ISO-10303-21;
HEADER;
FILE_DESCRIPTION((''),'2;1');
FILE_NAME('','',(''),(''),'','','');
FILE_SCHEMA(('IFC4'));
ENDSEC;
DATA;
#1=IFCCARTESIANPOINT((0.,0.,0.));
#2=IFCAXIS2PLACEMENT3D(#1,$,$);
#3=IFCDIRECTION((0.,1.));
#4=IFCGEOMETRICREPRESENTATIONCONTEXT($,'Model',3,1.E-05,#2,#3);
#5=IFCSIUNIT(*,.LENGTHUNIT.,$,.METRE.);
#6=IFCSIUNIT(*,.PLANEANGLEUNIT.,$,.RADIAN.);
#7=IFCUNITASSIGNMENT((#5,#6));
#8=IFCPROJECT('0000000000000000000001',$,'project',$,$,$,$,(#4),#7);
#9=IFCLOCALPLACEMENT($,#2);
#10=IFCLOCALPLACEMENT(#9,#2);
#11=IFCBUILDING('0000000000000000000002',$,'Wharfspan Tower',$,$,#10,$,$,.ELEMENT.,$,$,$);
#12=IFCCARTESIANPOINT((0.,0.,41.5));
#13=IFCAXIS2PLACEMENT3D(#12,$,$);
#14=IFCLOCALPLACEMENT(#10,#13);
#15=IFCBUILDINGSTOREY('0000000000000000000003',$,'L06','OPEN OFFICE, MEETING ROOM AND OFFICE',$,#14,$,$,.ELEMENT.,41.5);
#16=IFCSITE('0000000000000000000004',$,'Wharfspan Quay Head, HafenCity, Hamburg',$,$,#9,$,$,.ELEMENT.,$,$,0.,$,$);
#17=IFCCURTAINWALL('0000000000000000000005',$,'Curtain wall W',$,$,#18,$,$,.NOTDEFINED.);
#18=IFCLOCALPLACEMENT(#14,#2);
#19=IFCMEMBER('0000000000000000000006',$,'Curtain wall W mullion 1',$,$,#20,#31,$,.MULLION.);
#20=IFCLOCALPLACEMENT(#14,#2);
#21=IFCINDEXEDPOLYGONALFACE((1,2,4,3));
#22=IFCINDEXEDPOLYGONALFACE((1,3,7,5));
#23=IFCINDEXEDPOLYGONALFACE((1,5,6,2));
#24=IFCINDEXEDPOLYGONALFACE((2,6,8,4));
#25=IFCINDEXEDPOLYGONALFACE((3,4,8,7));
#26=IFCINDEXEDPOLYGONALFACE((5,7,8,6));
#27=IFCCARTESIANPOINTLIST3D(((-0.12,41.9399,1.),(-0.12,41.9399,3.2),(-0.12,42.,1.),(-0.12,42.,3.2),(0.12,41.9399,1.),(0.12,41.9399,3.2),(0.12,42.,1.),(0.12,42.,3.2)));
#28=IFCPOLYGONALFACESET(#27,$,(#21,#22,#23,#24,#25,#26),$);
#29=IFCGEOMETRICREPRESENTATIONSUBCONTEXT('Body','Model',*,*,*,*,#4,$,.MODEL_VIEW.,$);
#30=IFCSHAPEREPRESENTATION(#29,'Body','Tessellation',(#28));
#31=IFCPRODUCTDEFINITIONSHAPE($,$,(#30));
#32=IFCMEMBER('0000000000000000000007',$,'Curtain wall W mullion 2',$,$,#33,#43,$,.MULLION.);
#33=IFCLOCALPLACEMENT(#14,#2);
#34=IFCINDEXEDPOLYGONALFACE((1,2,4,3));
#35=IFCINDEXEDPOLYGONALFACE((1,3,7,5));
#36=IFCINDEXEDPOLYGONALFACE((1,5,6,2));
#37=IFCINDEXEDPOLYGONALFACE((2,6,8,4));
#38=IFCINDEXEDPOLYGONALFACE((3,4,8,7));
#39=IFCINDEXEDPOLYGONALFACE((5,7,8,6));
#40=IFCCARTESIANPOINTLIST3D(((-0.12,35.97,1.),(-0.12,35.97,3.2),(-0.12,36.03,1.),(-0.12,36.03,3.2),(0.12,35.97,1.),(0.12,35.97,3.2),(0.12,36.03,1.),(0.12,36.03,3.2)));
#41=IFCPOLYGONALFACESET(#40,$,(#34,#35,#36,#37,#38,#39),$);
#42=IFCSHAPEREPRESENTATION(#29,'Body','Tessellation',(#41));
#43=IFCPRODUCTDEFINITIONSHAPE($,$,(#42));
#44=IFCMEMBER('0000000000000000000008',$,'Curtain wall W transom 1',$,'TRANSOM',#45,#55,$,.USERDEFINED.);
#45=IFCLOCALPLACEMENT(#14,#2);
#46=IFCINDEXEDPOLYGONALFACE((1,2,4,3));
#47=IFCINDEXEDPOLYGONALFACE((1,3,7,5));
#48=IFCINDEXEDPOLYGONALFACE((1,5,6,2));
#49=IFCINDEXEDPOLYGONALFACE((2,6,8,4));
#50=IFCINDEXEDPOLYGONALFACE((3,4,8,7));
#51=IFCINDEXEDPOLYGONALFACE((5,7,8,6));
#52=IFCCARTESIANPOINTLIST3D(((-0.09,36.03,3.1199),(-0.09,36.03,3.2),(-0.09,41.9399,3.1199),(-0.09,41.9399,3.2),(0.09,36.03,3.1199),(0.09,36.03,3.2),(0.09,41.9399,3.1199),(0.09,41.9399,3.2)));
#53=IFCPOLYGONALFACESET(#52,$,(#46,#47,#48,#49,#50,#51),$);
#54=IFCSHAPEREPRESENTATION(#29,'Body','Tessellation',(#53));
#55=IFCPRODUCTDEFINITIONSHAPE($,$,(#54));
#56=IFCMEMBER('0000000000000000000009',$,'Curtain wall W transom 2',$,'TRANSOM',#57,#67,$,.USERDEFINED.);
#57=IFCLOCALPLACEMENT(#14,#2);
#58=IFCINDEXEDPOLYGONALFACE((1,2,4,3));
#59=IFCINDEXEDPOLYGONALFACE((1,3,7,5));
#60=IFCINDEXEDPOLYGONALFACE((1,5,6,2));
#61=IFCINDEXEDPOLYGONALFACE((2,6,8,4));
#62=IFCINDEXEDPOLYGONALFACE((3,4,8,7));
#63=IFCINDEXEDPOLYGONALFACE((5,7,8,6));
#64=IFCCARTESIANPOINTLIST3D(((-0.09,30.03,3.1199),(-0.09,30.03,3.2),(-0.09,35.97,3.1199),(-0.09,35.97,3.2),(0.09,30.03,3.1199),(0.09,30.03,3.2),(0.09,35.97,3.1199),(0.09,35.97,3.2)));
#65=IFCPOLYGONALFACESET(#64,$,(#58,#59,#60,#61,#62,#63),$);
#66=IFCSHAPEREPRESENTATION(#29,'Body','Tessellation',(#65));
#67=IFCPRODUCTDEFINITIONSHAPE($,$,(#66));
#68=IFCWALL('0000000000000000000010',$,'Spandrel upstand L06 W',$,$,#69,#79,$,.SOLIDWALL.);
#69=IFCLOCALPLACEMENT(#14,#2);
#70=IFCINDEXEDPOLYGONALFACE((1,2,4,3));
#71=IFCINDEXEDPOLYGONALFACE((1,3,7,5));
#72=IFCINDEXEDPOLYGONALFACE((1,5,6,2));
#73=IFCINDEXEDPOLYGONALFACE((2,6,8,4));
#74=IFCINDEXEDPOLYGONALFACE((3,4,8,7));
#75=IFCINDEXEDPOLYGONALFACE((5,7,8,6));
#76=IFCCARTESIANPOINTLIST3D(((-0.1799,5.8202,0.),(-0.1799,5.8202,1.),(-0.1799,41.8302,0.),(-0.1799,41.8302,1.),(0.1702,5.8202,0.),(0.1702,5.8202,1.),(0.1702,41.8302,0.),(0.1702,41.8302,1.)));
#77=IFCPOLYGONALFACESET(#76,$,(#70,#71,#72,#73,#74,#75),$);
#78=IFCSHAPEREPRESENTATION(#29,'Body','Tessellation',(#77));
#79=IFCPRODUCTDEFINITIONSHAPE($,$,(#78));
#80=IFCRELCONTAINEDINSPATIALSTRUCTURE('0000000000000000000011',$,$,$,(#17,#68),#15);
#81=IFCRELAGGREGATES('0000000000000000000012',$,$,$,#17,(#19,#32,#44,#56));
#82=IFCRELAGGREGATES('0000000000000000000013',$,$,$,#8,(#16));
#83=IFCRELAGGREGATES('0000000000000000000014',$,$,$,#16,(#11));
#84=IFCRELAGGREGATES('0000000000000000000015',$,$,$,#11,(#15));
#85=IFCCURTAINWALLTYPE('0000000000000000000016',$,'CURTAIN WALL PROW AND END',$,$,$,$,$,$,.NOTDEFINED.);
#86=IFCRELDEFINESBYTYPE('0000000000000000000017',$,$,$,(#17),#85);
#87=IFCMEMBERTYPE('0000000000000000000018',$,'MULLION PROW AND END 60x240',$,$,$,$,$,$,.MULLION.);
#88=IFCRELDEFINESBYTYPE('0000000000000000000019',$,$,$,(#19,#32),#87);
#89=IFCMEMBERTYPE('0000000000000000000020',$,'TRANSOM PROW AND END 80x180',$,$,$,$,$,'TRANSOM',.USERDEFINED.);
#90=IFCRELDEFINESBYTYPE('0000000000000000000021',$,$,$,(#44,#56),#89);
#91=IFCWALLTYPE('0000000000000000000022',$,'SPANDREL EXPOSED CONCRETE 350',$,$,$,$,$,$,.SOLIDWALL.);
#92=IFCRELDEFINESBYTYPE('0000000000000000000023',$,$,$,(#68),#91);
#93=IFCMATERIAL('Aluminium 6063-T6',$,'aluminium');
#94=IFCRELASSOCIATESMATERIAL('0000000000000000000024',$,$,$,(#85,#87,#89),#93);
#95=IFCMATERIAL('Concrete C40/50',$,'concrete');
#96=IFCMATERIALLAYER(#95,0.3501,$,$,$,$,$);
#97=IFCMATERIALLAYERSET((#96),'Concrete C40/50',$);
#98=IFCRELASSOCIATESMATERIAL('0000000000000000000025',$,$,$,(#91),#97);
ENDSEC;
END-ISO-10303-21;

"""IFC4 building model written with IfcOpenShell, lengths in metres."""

from ifc_helpers import new_model, si_unit, direction, frame, frame_2d, origin, origin_2d, place, context, subcontext, project, spatial, rectangle, extrude, material, layer, layer_set, material_profile, profile_set, type_object, element, aggregate, save


model = new_model("IFC4")

# Units and contexts
model_context = context("Model", 3, precision=1e-05, world=origin(), true_north=direction((0.0, 1.0)))
body_context = subcontext(model_context, "Body", "Model", "MODEL_VIEW")
ifc_project = project(units=[si_unit("LENGTHUNIT", "METRE"), si_unit("PLANEANGLEUNIT", "RADIAN")], contexts=[model_context])

# Site, building, storey
site_placement = place(None, origin())
site = spatial("IfcSite", under=ifc_project, at=site_placement, Name="Wharfspan Quay Head, HafenCity, Hamburg", CompositionType="ELEMENT", RefElevation=0.0)
building_placement = place(site_placement, origin())
building = spatial("IfcBuilding", under=site, at=building_placement, Name="Wharfspan Tower", CompositionType="ELEMENT")
storey_placement = place(building_placement, frame((0.0, 0.0, 41.5)))
storey = spatial("IfcBuildingStorey", under=building, at=storey_placement, Name="L06", Description="OPEN OFFICE, MEETING ROOM AND OFFICE", CompositionType="ELEMENT", Elevation=41.5)

# Curtain wall, members
ifc_material_1 = material(Name="Aluminium 6063-T6", Category="aluminium")
curtain_wall_type = type_object("IfcCurtainWallType", Name="CURTAIN WALL PROW AND END", PredefinedType="NOTDEFINED", material=ifc_material_1)
curtain_wall_placement = place(storey_placement, origin())
curtain_wall = element("IfcCurtainWall", 1, at=curtain_wall_placement, inside=storey, type_object=curtain_wall_type, Name="Curtain wall W", PredefinedType="NOTDEFINED")
ifc_material_profile_1 = material_profile(ifc_material_1, rectangle(XDim=0.24, YDim=0.0601, at=origin_2d()))
ifc_profile_set_1 = profile_set([ifc_material_profile_1], Name="Aluminium 6063-T6")
member_type_1 = type_object("IfcMemberType", Name="MULLION PROW AND END 60x240", PredefinedType="MULLION", material=ifc_profile_set_1)
member_1_placement = place(storey_placement, frame((0.0, 41.97, 1.0), z_axis=(0.0, 0.0, 1.0), x_axis=(1.0, 0.0, 0.0)))
member_1 = element("IfcMember", 2, at=member_1_placement, type_object=member_type_1, Name="Curtain wall W mullion 1", PredefinedType="MULLION", context=body_context, shape_type="SweptSolid", body=[
    extrude(rectangle(XDim=0.24, YDim=0.0601, at=origin_2d()), origin(), (0.0, 0.0, 1.0), 2.2),
])
member_2_placement = place(storey_placement, frame((0.0, 36.0, 1.0), z_axis=(0.0, 0.0, 1.0), x_axis=(1.0, 0.0, 0.0)))
member_2 = element("IfcMember", 3, at=member_2_placement, type_object=member_type_1, Name="Curtain wall W mullion 2", PredefinedType="MULLION", context=body_context, shape_type="SweptSolid", body=[
    extrude(rectangle(XDim=0.24, YDim=0.0601, at=origin_2d()), origin(), (0.0, 0.0, 1.0), 2.2),
])
ifc_material_profile_2 = material_profile(ifc_material_1, rectangle(XDim=0.1799, YDim=0.0801, at=origin_2d()))
ifc_profile_set_2 = profile_set([ifc_material_profile_2], Name="Aluminium 6063-T6")
member_type_2 = type_object("IfcMemberType", Name="TRANSOM PROW AND END 80x180", ElementType="TRANSOM", PredefinedType="USERDEFINED", material=ifc_profile_set_2)
member_3_placement = place(storey_placement, frame((0.0, 41.9399, 3.1599), z_axis=(0.0, -1.0, 0.0), x_axis=(1.0, 0.0, 0.0)))
member_3 = element("IfcMember", 4, at=member_3_placement, type_object=member_type_2, Name="Curtain wall W transom 1", ObjectType="TRANSOM", PredefinedType="USERDEFINED", context=body_context, shape_type="SweptSolid", body=[
    extrude(rectangle(XDim=0.1799, YDim=0.0801, at=origin_2d()), origin(), (0.0, 0.0, 1.0), 5.9099),
])
member_4_placement = place(storey_placement, frame((0.0, 35.97, 3.1599), z_axis=(0.0, -1.0, 0.0), x_axis=(1.0, 0.0, 0.0)))
member_4 = element("IfcMember", 5, at=member_4_placement, type_object=member_type_2, Name="Curtain wall W transom 2", ObjectType="TRANSOM", PredefinedType="USERDEFINED", context=body_context, shape_type="SweptSolid", body=[
    extrude(rectangle(XDim=0.1799, YDim=0.0801, at=origin_2d()), origin(), (0.0, 0.0, 1.0), 5.9399),
])
aggregate(curtain_wall, [member_1, member_2, member_3, member_4])

# Wall
ifc_material_2 = material(Name="Concrete C40/50", Category="concrete")
ifc_layer = layer(ifc_material_2, 0.3501)
ifc_layer_set = layer_set([ifc_layer], Name="Concrete C40/50")
wall_type = type_object("IfcWallType", Name="SPANDREL EXPOSED CONCRETE 350", PredefinedType="SOLIDWALL", material=ifc_layer_set)
wall_placement = place(storey_placement, frame((-0.0049, 41.8301, 0.0), z_axis=(0.0, 0.0, 1.0), x_axis=(0.0, -1.0, 0.0)))
element("IfcWall", 6, at=wall_placement, inside=storey, type_object=wall_type, Name="Spandrel upstand L06 W", PredefinedType="SOLIDWALL", context=body_context, shape_type="SweptSolid", body=[
    extrude(rectangle(XDim=36.01, YDim=0.3501, at=frame_2d((18.0049, 0.0))), origin(), (0.0, 0.0, 1.0), 1.0),
])

save(model, "model.ifc")
